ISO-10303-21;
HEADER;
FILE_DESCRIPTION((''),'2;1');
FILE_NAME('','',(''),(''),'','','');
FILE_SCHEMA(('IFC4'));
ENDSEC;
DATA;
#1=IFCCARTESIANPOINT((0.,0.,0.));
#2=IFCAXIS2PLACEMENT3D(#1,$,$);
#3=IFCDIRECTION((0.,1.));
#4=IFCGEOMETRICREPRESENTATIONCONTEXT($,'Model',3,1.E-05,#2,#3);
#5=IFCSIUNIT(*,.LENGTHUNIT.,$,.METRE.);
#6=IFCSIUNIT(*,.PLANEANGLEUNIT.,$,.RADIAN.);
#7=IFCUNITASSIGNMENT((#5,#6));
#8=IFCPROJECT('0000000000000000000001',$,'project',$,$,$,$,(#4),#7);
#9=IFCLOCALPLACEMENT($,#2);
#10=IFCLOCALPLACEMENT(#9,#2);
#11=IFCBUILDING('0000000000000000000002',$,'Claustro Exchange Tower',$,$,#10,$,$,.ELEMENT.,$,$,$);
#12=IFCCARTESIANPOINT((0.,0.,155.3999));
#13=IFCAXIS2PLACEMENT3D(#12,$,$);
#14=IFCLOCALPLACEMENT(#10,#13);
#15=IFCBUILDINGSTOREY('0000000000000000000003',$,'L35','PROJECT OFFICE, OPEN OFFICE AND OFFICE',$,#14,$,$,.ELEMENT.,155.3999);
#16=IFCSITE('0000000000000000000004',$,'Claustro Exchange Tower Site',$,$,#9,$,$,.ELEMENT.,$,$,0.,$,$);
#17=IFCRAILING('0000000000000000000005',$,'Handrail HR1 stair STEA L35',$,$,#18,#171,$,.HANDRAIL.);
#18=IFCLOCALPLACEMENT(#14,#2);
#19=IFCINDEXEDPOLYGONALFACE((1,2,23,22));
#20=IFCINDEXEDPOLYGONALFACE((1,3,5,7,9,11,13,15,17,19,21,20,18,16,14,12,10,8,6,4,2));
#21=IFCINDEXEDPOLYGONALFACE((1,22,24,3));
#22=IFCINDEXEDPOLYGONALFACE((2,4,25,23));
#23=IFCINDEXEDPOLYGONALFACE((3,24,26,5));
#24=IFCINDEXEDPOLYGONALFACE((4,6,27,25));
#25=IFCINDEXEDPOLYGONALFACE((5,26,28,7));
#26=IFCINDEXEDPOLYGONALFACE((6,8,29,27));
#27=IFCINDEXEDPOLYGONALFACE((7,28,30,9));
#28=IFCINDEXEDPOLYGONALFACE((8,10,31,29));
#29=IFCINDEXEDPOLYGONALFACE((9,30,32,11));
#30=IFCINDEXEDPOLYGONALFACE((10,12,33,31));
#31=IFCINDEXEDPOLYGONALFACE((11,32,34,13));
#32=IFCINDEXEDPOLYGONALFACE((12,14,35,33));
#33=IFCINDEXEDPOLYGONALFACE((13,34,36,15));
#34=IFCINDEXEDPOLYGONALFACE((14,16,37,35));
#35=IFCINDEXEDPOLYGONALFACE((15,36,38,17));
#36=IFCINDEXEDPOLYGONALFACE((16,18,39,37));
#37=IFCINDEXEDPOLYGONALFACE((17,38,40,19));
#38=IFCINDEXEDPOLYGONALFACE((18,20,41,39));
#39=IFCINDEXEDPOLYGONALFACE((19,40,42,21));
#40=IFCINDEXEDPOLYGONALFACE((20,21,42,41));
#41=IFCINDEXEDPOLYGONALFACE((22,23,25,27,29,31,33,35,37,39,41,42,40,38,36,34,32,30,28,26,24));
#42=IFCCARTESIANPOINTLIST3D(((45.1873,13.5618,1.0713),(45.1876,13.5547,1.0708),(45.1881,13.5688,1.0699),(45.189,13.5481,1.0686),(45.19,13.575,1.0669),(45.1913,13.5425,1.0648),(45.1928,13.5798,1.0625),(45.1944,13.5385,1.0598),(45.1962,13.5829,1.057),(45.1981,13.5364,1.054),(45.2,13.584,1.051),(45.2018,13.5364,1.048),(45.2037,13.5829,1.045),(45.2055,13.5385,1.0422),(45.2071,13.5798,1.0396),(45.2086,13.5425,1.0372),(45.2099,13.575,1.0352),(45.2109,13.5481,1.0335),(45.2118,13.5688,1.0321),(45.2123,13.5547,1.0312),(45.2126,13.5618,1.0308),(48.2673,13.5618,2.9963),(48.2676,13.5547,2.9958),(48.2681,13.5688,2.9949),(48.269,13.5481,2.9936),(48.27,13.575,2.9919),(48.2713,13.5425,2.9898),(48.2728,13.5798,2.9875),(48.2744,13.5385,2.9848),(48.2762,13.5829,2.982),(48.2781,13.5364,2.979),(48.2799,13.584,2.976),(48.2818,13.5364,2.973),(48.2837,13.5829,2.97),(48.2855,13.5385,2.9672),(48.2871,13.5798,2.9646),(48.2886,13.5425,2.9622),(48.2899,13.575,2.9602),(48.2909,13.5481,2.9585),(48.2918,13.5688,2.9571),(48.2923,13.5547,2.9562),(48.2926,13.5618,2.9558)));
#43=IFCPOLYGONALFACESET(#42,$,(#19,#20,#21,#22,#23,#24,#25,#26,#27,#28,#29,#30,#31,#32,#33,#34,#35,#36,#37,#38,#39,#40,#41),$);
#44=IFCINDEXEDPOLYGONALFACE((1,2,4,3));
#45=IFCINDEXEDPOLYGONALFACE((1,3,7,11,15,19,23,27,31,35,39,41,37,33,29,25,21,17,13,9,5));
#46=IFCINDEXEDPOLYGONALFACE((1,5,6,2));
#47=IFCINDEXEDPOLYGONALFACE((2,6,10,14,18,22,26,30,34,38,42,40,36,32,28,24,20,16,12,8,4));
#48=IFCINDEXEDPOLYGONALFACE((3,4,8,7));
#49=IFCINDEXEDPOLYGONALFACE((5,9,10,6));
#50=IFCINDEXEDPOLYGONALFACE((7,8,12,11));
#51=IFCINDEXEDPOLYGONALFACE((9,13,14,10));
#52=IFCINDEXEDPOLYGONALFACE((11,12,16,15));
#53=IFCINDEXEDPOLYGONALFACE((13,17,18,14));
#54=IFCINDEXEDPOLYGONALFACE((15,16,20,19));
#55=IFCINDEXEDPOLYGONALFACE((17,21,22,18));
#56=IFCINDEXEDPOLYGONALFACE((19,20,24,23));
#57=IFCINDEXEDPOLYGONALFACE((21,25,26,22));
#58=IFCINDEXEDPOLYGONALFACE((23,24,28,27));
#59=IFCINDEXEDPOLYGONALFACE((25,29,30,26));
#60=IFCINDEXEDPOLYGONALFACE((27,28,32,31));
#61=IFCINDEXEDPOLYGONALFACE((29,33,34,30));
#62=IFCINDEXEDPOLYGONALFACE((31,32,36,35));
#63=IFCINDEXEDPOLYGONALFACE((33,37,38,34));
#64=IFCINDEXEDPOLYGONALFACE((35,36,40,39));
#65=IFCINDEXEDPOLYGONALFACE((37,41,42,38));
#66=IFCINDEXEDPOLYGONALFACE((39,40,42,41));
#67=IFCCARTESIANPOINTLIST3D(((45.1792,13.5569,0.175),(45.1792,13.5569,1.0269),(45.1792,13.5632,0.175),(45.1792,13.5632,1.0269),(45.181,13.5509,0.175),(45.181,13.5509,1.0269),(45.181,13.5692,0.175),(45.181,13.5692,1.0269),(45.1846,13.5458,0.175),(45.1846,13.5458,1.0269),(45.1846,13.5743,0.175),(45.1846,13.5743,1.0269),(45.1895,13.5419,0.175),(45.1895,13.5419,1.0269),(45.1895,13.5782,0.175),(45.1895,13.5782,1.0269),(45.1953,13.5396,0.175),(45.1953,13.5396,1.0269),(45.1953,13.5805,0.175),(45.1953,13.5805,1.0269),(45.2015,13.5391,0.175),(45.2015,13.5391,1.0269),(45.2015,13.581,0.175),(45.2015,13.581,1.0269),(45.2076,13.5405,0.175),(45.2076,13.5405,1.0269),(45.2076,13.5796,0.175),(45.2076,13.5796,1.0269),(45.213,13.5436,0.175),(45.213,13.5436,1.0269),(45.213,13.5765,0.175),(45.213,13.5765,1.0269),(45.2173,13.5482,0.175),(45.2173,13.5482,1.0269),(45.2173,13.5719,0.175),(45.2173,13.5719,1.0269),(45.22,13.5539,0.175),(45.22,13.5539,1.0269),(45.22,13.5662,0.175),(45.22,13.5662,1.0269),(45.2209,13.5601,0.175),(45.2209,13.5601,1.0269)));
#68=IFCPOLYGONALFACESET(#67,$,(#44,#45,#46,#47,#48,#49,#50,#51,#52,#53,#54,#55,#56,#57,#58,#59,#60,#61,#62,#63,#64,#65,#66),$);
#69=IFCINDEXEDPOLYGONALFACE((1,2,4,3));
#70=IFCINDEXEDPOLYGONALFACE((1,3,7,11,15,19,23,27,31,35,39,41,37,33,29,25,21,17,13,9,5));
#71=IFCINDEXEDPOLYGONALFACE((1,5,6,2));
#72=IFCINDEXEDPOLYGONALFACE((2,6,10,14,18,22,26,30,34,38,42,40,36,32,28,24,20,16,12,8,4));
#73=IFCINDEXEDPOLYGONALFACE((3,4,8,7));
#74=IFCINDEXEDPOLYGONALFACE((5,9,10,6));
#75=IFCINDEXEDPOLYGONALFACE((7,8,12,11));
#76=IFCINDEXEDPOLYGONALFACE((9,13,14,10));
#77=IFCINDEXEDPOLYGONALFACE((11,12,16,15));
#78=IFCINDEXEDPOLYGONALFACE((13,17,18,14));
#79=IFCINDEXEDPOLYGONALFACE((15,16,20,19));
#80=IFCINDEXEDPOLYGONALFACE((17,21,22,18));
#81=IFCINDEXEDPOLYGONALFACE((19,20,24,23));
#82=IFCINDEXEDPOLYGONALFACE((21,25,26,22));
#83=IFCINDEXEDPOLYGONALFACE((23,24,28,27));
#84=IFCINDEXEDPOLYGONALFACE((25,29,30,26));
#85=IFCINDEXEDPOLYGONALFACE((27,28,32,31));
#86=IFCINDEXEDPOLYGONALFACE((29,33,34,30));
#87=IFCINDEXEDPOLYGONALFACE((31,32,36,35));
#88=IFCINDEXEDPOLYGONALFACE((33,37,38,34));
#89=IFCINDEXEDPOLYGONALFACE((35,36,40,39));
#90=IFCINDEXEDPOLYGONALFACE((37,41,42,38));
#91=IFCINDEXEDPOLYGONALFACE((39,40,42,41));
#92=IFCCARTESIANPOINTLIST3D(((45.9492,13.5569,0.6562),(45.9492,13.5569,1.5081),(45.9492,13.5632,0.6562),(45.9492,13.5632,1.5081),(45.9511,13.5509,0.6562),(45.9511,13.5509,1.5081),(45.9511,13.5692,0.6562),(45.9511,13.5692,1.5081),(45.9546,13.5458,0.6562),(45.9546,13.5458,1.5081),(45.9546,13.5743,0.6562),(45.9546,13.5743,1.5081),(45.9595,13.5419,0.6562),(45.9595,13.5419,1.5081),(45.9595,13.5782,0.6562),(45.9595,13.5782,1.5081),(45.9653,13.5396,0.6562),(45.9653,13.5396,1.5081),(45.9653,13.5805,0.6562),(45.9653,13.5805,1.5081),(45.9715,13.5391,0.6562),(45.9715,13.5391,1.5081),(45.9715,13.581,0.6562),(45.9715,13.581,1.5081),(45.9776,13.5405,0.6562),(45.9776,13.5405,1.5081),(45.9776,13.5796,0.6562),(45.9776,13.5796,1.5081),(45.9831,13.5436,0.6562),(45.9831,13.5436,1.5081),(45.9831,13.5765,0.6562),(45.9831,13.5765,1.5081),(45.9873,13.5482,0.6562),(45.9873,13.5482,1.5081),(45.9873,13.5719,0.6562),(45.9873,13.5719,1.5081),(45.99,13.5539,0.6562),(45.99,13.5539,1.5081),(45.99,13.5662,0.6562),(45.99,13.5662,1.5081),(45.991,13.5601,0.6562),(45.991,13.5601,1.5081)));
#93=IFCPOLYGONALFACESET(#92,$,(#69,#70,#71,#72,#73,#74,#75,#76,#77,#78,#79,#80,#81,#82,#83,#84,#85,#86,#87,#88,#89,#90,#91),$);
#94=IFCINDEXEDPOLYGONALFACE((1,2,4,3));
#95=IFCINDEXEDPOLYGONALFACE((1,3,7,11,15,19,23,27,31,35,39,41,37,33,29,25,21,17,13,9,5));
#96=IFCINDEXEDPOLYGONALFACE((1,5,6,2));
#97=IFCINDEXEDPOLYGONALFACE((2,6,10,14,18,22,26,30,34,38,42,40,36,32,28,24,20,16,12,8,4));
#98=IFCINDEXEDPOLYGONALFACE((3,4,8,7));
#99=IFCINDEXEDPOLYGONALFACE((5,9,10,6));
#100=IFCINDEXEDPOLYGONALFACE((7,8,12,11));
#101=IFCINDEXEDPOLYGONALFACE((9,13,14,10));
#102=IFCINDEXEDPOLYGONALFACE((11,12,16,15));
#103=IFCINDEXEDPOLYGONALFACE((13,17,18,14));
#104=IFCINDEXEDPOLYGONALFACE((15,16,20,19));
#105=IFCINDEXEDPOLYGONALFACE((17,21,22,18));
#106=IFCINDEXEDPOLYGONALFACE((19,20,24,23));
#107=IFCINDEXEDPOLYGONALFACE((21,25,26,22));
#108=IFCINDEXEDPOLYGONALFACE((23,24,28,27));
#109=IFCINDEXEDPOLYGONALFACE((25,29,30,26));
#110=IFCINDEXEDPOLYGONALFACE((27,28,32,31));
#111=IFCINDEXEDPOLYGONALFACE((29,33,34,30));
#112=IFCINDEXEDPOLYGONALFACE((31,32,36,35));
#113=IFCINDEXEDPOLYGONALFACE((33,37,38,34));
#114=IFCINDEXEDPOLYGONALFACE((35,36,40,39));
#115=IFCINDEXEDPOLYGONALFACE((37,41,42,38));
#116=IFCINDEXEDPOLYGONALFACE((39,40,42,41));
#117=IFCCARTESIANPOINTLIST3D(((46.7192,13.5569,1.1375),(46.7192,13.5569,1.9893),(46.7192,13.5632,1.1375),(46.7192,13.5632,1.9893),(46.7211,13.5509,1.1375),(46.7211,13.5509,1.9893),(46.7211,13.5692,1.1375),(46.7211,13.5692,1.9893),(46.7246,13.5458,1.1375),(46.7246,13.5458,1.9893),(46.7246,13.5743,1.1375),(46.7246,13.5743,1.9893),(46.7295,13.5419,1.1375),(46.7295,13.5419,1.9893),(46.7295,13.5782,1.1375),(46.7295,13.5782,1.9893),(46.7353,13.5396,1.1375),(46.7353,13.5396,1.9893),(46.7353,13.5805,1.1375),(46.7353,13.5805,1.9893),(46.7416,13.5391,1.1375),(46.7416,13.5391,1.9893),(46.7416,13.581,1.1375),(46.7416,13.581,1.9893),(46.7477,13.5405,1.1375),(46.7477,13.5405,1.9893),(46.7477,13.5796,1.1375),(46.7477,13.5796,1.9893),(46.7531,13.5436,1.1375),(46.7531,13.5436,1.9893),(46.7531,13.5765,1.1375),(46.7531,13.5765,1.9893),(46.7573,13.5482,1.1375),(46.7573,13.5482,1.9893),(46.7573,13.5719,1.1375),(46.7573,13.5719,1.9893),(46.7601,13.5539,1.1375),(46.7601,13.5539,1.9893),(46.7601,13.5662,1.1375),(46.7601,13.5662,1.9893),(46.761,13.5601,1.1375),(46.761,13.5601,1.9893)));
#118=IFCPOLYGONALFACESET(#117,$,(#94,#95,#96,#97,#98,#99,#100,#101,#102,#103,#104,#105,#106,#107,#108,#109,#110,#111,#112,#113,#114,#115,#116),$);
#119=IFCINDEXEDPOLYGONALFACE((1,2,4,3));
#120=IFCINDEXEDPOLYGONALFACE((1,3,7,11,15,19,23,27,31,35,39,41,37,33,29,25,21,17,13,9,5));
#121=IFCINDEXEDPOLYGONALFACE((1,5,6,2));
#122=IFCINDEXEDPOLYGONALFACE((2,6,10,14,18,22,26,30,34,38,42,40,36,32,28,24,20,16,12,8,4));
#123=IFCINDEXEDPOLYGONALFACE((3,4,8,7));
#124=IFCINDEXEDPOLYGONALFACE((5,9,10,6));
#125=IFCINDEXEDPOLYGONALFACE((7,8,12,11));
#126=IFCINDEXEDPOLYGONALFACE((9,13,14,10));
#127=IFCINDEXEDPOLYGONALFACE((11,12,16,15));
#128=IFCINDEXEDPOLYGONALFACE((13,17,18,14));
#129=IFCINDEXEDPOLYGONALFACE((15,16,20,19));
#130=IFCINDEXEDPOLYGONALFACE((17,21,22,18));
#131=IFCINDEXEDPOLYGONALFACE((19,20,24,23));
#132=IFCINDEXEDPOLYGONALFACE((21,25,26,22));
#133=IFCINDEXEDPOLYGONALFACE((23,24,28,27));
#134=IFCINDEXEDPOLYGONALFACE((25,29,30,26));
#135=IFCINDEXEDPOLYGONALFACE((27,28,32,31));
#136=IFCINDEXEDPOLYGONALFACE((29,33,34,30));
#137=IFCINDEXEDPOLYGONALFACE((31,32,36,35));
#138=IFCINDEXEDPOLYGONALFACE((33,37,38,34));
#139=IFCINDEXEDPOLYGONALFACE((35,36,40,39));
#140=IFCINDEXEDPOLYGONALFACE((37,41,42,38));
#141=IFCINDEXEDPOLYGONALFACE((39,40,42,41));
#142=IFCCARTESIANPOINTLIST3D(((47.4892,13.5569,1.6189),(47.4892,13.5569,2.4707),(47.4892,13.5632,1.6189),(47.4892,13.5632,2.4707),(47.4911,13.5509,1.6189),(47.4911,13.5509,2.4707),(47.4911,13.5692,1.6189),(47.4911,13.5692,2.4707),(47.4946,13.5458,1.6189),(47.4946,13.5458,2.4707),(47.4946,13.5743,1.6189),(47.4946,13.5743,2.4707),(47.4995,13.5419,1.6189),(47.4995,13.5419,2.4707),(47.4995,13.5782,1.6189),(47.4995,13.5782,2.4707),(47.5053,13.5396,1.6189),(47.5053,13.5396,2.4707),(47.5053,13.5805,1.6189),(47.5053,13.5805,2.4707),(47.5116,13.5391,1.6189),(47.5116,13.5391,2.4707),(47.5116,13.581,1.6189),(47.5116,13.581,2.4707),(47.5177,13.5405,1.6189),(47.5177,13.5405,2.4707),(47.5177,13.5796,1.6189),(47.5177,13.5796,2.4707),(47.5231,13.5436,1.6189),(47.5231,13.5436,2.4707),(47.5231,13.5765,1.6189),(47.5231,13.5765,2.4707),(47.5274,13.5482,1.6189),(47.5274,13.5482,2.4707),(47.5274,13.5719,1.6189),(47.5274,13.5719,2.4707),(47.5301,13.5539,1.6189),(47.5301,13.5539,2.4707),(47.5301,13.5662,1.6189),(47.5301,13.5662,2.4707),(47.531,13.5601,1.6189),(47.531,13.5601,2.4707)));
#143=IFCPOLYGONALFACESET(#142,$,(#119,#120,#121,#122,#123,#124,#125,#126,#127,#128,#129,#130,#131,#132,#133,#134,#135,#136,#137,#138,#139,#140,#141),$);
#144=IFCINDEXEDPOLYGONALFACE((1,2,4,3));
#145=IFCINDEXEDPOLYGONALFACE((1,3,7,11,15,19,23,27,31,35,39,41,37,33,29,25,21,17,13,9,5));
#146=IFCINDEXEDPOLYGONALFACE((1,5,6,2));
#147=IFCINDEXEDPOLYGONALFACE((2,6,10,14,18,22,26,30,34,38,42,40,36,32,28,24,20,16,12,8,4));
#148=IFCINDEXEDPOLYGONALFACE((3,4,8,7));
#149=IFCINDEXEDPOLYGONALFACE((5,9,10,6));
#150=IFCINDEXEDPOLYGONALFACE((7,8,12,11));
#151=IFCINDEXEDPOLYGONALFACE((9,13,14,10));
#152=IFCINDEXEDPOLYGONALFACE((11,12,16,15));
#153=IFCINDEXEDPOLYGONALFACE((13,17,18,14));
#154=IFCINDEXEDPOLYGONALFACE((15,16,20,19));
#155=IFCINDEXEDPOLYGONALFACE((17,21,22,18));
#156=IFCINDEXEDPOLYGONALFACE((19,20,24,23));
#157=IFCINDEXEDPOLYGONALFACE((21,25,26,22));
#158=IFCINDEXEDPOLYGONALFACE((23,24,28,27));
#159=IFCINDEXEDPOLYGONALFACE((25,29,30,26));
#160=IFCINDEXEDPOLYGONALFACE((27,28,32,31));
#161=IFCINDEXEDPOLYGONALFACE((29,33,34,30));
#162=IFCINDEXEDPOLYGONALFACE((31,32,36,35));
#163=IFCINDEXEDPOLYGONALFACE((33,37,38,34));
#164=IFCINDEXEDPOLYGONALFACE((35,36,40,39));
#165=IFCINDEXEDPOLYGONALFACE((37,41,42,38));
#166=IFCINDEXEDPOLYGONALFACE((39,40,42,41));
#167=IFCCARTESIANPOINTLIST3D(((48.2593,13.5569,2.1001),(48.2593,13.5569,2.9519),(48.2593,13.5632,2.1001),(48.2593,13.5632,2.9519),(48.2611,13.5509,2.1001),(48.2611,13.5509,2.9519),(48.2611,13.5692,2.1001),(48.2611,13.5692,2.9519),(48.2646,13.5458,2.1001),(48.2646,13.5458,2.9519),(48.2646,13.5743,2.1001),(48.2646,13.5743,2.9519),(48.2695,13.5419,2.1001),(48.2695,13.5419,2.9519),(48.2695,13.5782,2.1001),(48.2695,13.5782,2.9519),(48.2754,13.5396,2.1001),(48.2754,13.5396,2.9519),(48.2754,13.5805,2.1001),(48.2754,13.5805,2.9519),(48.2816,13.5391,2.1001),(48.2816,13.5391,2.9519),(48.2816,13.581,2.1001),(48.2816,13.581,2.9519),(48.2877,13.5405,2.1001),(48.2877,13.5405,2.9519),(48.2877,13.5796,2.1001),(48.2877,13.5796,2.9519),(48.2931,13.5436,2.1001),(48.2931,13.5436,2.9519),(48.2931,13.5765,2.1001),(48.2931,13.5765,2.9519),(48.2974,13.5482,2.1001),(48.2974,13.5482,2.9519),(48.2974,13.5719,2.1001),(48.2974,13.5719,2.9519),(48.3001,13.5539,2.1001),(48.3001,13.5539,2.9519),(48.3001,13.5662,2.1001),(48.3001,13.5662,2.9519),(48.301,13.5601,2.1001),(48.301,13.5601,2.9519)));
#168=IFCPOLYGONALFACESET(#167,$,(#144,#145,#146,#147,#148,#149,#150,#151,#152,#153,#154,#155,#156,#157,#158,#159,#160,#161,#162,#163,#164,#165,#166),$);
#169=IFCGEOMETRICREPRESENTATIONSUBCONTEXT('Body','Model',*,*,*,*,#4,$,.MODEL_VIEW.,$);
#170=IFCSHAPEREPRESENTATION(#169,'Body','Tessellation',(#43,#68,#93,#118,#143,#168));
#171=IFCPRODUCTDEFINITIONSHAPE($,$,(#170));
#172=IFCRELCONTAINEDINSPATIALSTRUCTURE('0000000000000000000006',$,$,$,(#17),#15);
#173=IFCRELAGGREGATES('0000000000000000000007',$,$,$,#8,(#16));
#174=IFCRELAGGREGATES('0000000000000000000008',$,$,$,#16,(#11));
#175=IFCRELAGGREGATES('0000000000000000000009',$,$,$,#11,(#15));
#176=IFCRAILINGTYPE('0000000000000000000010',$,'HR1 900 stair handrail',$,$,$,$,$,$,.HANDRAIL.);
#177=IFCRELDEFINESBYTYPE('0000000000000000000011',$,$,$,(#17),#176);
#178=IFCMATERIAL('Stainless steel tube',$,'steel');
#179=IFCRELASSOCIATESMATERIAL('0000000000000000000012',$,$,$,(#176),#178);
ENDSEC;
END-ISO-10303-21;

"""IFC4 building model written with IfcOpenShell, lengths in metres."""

from ifc_helpers import new_model, si_unit, direction, frame, origin, origin_2d, place, context, subcontext, project, spatial, circle, extrude, material, type_object, element, save


model = new_model("IFC4")

# Units and contexts
model_context = context("Model", 3, precision=1e-05, world=origin(), true_north=direction((0.0, 1.0)))
body_context = subcontext(model_context, "Body", "Model", "MODEL_VIEW")
ifc_project = project(units=[si_unit("LENGTHUNIT", "METRE"), si_unit("PLANEANGLEUNIT", "RADIAN")], contexts=[model_context])

# Site, building, storey
site_placement = place(None, origin())
site = spatial("IfcSite", under=ifc_project, at=site_placement, Name="Claustro Exchange Tower Site", CompositionType="ELEMENT", RefElevation=0.0)
building_placement = place(site_placement, origin())
building = spatial("IfcBuilding", under=site, at=building_placement, Name="Claustro Exchange Tower", CompositionType="ELEMENT")
storey_placement = place(building_placement, frame((0.0, 0.0, 155.3999)))
storey = spatial("IfcBuildingStorey", under=building, at=storey_placement, Name="L35", Description="PROJECT OFFICE, OPEN OFFICE AND OFFICE", CompositionType="ELEMENT", Elevation=155.3999)

# Railing
ifc_material_1 = material(Name="Stainless steel tube", Category="steel")
railing_type_1 = type_object("IfcRailingType", Name="HR1 900 stair handrail", PredefinedType="HANDRAIL", material=ifc_material_1)
railing_1_placement = place(storey_placement, frame((45.2, 13.5601, 0.175)))
element("IfcRailing", 1, at=railing_1_placement, inside=storey, type_object=railing_type_1, Name="Handrail HR1 stair STEA L35", PredefinedType="HANDRAIL", context=body_context, shape_type="SweptSolid", body=[
    extrude(circle(Radius=0.0239, at=origin_2d()), frame((0.0, 0.0, 0.876), z_axis=(0.847998, 0.0, 0.529999), x_axis=(0.0, 1.0, 0.0)), (0.0, 0.0, 1.0), 3.6321),
    extrude(circle(Radius=0.021, at=origin_2d()), origin(), (0.0, 0.0, 1.0), 0.8518),
    extrude(circle(Radius=0.021, at=origin_2d()), frame((0.77, 0.0, 0.4812)), (0.0, 0.0, 1.0), 0.8518),
    extrude(circle(Radius=0.021, at=origin_2d()), frame((1.54, 0.0, 0.9624)), (0.0, 0.0, 1.0), 0.8518),
    extrude(circle(Radius=0.021, at=origin_2d()), frame((2.3101, 0.0, 1.4438)), (0.0, 0.0, 1.0), 0.8518),
    extrude(circle(Radius=0.021, at=origin_2d()), frame((3.0801, 0.0, 1.925)), (0.0, 0.0, 1.0), 0.8518),
])

save(model, "model.ifc")
